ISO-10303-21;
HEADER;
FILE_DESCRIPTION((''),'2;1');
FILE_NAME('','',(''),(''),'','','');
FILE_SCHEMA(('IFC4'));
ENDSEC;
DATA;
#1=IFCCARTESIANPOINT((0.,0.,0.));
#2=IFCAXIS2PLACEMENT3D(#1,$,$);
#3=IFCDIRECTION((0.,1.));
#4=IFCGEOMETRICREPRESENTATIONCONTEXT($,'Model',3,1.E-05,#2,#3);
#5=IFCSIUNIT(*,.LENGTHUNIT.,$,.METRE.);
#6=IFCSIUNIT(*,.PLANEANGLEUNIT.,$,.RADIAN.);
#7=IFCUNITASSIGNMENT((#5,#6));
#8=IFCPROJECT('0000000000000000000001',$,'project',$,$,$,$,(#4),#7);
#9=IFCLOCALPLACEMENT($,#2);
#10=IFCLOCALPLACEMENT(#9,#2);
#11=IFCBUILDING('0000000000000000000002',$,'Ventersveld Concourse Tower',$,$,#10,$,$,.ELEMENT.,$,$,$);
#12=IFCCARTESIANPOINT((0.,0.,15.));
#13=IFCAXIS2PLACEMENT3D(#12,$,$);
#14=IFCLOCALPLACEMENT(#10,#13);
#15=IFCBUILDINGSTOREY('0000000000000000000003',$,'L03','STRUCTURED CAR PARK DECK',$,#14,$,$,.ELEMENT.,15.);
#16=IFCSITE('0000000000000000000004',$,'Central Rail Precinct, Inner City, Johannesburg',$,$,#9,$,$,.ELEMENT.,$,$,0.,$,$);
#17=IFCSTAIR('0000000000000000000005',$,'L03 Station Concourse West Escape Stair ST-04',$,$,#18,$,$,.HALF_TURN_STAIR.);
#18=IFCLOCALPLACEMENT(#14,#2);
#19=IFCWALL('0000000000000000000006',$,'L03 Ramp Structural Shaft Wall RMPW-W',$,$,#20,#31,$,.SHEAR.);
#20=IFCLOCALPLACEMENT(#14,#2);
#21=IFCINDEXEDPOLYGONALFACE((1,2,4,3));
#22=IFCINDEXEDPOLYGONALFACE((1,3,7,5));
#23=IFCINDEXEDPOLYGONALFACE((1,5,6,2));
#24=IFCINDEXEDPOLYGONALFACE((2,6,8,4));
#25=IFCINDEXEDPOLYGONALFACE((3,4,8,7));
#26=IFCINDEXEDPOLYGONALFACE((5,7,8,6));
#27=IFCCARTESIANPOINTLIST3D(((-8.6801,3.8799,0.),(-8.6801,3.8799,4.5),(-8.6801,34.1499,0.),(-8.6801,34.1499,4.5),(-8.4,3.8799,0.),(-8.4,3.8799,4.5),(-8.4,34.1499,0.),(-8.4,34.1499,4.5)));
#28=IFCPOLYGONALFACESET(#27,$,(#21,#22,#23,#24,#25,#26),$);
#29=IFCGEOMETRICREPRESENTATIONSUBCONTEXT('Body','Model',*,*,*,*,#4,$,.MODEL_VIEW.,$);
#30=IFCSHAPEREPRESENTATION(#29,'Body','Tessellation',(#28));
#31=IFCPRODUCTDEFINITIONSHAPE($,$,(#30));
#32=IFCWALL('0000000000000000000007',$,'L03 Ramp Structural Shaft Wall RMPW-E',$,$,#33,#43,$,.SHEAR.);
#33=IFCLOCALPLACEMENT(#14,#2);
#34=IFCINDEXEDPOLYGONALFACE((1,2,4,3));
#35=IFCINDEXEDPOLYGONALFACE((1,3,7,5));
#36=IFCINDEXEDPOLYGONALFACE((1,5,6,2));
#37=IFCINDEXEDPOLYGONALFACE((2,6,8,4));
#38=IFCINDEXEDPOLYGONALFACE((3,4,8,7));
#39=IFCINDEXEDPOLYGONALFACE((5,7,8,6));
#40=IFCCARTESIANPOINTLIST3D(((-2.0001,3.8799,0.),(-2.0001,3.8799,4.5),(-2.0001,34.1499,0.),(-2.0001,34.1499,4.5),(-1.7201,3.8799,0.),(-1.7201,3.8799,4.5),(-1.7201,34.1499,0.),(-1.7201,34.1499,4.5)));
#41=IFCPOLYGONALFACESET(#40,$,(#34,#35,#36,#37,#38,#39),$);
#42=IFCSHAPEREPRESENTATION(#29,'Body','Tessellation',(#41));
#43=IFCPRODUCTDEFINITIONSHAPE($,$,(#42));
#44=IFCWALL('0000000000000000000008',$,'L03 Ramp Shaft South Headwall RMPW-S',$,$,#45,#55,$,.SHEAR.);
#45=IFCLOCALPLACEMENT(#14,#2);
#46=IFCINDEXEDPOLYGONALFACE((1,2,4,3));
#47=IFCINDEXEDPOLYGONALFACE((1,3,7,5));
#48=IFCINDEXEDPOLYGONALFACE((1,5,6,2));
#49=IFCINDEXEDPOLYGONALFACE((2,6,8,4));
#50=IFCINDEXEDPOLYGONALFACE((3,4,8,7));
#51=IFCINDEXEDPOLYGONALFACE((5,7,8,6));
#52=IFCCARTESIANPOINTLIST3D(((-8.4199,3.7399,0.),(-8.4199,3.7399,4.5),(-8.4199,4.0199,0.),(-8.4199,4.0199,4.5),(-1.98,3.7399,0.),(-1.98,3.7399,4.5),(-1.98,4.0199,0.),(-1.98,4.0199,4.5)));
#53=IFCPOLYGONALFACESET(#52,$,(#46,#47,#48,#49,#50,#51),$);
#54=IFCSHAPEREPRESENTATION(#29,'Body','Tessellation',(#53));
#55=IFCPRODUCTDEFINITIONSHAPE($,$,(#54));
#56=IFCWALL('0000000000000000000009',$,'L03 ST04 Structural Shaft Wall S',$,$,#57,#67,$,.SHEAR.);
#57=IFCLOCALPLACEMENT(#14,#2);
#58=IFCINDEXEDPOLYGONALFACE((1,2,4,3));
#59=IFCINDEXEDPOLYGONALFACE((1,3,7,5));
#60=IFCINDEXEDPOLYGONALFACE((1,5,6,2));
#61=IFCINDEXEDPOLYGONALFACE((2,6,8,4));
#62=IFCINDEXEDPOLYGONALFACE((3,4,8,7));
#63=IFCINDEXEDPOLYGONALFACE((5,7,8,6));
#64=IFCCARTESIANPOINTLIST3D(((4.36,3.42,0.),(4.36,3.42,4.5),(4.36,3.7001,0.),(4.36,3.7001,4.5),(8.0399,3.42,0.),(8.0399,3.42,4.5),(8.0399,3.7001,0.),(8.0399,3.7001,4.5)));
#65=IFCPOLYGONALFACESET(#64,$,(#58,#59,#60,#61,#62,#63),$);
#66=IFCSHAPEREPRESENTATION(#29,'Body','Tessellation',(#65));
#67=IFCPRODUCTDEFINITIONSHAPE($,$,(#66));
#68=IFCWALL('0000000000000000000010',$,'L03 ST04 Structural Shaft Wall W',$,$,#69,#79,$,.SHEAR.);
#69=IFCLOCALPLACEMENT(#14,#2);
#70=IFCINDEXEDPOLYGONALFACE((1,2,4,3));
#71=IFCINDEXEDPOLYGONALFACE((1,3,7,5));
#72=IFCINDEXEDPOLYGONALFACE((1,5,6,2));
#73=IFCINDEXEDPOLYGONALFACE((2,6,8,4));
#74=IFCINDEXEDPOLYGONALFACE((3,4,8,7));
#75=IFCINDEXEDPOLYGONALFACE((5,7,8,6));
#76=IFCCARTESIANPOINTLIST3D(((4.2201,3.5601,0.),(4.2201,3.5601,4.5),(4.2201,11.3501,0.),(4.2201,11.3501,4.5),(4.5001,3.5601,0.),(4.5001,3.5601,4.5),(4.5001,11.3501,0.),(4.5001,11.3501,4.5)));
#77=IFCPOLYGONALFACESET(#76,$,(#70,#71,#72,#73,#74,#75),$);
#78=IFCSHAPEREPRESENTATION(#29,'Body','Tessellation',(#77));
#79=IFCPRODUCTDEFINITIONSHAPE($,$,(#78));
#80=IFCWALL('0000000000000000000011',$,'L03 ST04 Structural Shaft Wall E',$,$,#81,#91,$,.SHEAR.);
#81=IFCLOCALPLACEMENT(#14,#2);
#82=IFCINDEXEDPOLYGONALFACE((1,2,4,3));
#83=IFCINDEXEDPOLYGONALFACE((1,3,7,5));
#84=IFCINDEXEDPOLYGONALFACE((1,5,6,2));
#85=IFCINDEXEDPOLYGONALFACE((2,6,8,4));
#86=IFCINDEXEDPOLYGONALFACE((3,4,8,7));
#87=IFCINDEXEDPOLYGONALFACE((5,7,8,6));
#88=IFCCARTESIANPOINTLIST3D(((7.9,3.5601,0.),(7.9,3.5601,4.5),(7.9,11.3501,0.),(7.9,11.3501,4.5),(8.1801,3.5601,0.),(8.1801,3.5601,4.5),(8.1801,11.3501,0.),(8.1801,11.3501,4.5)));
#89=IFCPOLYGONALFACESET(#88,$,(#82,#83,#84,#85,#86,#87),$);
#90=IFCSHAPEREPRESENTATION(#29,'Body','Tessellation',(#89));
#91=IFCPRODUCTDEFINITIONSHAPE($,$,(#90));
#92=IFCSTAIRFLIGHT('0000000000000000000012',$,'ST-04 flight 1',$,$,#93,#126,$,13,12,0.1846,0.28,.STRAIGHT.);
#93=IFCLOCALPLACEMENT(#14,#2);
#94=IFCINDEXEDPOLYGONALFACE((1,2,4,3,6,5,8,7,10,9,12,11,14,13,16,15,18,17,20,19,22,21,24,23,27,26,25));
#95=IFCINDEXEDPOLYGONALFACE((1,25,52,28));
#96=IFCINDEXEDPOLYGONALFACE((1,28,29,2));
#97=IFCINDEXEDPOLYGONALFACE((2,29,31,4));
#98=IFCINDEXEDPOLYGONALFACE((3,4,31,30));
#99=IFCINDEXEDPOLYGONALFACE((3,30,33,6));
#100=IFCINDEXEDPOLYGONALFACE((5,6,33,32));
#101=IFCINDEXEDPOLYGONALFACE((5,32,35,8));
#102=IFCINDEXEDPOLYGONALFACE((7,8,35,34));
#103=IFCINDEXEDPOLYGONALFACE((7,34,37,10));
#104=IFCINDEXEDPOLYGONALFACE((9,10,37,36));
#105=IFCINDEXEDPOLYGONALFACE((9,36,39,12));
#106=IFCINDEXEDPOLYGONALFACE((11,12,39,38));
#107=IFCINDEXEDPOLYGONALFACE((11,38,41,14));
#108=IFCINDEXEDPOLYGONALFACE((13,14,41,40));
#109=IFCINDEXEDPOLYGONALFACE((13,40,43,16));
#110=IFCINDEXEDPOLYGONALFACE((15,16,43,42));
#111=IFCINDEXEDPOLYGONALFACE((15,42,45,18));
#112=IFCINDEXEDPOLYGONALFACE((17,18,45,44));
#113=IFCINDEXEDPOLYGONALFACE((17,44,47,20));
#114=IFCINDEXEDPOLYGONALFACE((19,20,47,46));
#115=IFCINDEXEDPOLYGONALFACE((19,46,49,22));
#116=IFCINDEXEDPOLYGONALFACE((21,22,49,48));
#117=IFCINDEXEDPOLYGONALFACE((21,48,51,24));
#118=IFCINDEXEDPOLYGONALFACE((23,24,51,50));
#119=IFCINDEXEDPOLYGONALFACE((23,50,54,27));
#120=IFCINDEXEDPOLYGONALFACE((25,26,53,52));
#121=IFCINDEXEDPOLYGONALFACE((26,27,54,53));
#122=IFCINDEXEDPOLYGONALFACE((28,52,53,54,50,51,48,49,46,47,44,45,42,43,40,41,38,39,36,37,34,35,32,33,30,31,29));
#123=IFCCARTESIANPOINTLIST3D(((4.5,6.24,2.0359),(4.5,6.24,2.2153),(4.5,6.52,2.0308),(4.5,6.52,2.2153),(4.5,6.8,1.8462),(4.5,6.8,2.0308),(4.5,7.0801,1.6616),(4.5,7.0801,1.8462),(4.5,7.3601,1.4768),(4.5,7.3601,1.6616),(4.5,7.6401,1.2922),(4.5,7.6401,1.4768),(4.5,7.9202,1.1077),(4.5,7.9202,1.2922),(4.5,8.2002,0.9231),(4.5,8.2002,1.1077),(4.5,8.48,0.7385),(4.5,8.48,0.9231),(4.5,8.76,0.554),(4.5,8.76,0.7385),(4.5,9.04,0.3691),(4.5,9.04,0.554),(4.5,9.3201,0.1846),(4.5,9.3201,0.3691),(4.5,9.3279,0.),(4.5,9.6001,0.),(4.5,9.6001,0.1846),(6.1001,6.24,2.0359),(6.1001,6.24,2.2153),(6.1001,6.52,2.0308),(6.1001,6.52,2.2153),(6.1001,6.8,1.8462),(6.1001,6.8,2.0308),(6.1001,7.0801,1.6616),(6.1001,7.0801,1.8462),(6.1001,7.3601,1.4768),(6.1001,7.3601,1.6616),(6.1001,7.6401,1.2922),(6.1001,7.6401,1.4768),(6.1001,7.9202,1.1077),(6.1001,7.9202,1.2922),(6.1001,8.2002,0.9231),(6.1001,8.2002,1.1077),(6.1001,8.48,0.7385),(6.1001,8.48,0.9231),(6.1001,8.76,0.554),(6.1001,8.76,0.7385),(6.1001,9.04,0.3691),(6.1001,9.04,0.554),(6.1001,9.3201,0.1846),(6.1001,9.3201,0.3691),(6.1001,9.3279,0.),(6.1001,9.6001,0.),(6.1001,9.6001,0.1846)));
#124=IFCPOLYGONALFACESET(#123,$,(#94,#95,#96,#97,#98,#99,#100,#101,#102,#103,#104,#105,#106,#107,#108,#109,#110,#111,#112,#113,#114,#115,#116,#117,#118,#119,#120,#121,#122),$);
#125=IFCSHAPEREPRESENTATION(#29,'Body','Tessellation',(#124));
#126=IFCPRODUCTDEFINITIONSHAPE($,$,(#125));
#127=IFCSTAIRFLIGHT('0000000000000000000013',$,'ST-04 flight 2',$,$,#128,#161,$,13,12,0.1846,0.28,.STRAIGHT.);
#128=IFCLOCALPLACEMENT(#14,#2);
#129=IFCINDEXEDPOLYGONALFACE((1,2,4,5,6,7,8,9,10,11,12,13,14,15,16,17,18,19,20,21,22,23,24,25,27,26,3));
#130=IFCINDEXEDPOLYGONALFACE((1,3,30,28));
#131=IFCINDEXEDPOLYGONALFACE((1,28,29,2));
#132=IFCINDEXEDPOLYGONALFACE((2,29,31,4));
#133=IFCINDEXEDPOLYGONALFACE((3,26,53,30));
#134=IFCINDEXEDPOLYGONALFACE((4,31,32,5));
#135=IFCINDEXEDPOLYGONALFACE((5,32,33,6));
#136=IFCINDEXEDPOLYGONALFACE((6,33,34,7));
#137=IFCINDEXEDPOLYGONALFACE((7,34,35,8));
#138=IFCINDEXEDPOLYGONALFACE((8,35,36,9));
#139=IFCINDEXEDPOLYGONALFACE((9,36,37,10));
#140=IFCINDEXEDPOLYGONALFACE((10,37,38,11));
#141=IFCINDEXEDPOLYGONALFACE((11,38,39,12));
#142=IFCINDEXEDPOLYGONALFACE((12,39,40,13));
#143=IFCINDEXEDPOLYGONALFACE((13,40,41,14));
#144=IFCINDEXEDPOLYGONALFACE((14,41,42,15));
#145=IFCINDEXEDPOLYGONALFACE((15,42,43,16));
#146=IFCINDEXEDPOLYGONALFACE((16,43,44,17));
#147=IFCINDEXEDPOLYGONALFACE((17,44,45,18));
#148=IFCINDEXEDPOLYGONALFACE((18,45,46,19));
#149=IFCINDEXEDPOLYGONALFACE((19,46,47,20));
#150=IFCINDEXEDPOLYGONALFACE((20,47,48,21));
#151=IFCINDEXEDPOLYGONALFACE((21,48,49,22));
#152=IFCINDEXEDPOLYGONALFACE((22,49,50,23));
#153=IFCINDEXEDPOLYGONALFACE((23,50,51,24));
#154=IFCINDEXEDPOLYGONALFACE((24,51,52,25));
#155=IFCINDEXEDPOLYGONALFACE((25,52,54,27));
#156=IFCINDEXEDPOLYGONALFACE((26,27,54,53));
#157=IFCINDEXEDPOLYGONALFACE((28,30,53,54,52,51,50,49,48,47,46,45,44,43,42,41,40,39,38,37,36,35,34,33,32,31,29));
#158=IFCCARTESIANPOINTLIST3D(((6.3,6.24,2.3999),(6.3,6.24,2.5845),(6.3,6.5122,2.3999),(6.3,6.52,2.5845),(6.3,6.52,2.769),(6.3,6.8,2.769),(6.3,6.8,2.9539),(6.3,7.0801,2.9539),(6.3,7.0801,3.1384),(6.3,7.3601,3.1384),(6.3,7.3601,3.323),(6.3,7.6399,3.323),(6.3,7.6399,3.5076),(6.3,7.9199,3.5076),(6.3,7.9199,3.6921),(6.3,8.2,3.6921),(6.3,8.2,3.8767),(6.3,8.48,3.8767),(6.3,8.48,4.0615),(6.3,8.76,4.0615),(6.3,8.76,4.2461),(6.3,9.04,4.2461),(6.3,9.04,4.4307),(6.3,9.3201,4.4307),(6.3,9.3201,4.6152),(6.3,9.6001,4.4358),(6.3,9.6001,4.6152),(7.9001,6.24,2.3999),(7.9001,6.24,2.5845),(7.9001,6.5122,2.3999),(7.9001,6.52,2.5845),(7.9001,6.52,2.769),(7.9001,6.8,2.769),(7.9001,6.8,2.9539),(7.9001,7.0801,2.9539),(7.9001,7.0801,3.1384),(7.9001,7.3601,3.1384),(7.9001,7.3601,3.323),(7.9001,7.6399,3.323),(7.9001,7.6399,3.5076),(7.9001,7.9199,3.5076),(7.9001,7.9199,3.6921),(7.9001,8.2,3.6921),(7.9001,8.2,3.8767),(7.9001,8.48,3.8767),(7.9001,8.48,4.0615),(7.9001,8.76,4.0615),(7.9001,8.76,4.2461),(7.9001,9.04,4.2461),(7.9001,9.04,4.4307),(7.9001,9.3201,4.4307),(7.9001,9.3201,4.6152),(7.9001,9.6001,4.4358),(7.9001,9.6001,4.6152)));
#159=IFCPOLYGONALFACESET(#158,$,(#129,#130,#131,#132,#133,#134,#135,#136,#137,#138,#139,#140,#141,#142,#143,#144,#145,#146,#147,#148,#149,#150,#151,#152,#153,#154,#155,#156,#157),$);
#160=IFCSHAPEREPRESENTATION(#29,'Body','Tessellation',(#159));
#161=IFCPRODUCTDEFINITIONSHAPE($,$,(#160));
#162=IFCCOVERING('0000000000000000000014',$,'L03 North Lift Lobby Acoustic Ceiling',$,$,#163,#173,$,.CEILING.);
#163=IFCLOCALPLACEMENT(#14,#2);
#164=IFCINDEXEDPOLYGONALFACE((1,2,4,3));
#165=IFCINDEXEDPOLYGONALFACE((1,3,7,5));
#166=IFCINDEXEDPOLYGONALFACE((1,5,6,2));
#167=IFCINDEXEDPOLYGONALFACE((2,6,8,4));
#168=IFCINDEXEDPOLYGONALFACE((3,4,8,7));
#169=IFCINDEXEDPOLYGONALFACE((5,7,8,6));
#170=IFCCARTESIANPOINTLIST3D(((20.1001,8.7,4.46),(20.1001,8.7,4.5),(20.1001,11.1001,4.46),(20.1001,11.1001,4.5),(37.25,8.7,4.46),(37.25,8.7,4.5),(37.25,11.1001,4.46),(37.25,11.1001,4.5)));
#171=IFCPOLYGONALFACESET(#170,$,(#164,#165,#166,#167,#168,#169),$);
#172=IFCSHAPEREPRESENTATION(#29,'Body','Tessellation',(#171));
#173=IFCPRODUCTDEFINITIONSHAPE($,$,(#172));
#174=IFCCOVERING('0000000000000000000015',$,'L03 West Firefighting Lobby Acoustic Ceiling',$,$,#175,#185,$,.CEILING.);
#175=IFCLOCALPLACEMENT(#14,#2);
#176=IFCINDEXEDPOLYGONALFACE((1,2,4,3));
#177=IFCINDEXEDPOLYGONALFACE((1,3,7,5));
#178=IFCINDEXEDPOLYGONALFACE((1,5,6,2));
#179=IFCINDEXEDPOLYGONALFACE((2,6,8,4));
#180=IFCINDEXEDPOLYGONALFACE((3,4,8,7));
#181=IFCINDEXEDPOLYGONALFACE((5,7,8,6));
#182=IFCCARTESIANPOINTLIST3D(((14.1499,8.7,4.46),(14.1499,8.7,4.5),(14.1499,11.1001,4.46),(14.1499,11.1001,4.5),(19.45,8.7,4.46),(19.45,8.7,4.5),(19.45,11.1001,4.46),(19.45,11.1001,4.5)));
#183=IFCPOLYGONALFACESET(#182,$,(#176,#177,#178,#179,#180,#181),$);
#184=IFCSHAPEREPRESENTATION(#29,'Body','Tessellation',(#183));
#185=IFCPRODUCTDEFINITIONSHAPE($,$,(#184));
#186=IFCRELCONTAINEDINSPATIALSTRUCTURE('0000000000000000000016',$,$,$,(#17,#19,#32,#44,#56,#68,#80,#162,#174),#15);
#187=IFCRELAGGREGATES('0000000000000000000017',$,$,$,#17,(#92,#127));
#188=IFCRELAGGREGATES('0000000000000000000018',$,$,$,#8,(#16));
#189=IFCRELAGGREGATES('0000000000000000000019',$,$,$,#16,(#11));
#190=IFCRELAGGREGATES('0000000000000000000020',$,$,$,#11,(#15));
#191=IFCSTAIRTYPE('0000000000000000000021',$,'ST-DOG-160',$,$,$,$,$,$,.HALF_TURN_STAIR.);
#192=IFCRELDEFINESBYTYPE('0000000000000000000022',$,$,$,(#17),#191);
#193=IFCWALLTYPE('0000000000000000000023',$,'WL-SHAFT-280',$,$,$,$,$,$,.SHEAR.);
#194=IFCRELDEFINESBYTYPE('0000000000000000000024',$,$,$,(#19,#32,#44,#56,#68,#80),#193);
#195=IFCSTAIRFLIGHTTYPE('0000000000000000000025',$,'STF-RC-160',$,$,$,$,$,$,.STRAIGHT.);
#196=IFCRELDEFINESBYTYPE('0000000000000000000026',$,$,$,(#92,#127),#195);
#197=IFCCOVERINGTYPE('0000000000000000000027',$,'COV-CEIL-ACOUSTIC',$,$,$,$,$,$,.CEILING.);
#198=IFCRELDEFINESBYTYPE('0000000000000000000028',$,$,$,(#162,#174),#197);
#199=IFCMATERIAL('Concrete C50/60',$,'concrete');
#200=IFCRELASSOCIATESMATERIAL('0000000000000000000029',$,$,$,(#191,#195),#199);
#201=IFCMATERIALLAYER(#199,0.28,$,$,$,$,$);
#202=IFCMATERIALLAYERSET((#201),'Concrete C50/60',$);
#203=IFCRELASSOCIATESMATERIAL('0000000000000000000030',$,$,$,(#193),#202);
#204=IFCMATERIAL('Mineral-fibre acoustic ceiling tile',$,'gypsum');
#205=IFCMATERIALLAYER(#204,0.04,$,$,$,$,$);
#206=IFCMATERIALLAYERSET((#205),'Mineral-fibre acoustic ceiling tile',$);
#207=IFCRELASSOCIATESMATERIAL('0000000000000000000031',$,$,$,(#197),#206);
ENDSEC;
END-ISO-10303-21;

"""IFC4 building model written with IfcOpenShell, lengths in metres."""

from ifc_helpers import new_model, si_unit, direction, frame, frame_2d, origin, place, context, subcontext, project, spatial, polyline, rectangle, outline, extrude, material, layer, layer_set, type_object, element, aggregate, save


model = new_model("IFC4")

# Units and contexts
model_context = context("Model", 3, precision=1e-05, world=origin(), true_north=direction((0.0, 1.0)))
body_context = subcontext(model_context, "Body", "Model", "MODEL_VIEW")
ifc_project = project(units=[si_unit("LENGTHUNIT", "METRE"), si_unit("PLANEANGLEUNIT", "RADIAN")], contexts=[model_context])

# Site, building, storey
site_placement = place(None, origin())
site = spatial("IfcSite", under=ifc_project, at=site_placement, Name="Central Rail Precinct, Inner City, Johannesburg", CompositionType="ELEMENT", RefElevation=0.0)
building_placement = place(site_placement, origin())
building = spatial("IfcBuilding", under=site, at=building_placement, Name="Ventersveld Concourse Tower", CompositionType="ELEMENT")
storey_placement = place(building_placement, frame((0.0, 0.0, 15.0)))
storey = spatial("IfcBuildingStorey", under=building, at=storey_placement, Name="L03", Description="STRUCTURED CAR PARK DECK", CompositionType="ELEMENT", Elevation=15.0)

# Shared definitions
ifc_material_1 = material(Name="Concrete C50/60", Category="concrete")

# Stair
stair_type_1 = type_object("IfcStairType", Name="ST-DOG-160", PredefinedType="HALF_TURN_STAIR", material=ifc_material_1)
stair_1_placement = place(storey_placement, origin())
stair_1 = element("IfcStair", 1, at=stair_1_placement, inside=storey, type_object=stair_type_1, Name="L03 Station Concourse West Escape Stair ST-04", PredefinedType="HALF_TURN_STAIR")

# Walls
ifc_layer_1 = layer(ifc_material_1, 0.28)
ifc_layer_set_1 = layer_set([ifc_layer_1], Name="Concrete C50/60")
wall_type_1 = type_object("IfcWallType", Name="WL-SHAFT-280", PredefinedType="SHEAR", material=ifc_layer_set_1)
for number, where, z_axis, x_axis, name in (
    (2, (-8.54, 3.8799, 0.0), (0.0, 0.0, 1.0), (0.0, 1.0, 0.0), "L03 Ramp Structural Shaft Wall RMPW-W"),
    (3, (-1.8601, 3.8799, 0.0), (0.0, 0.0, 1.0), (0.0, 1.0, 0.0), "L03 Ramp Structural Shaft Wall RMPW-E"),
):
    element("IfcWall", number, at=place(storey_placement, frame(where, z_axis=z_axis, x_axis=x_axis)), inside=storey, type_object=wall_type_1, Name=name, PredefinedType="SHEAR", context=body_context, shape_type="SweptSolid", body=[
        extrude(rectangle(XDim=30.27, YDim=0.28, at=frame_2d((15.135, 0.0))), origin(), (0.0, 0.0, 1.0), 4.5),
    ])
wall_1_placement = place(storey_placement, frame((-8.4199, 3.8799, 0.0), z_axis=(0.0, 0.0, 1.0), x_axis=(1.0, 0.0, 0.0)))
element("IfcWall", 4, at=wall_1_placement, inside=storey, type_object=wall_type_1, Name="L03 Ramp Shaft South Headwall RMPW-S", PredefinedType="SHEAR", context=body_context, shape_type="SweptSolid", body=[
    extrude(rectangle(XDim=6.4399, YDim=0.28, at=frame_2d((3.22, 0.0))), origin(), (0.0, 0.0, 1.0), 4.5),
])
wall_2_placement = place(storey_placement, frame((4.3601, 3.5601, 0.0), z_axis=(0.0, 0.0, 1.0), x_axis=(1.0, 0.0, 0.0)))
element("IfcWall", 5, at=wall_2_placement, inside=storey, type_object=wall_type_1, Name="L03 ST04 Structural Shaft Wall S", PredefinedType="SHEAR", context=body_context, shape_type="SweptSolid", body=[
    extrude(rectangle(XDim=3.6799, YDim=0.28, at=frame_2d((1.8398, 0.0))), origin(), (0.0, 0.0, 1.0), 4.5),
])
for number, where, z_axis, x_axis, name in (
    (6, (4.3601, 3.5601, 0.0), (0.0, 0.0, 1.0), (0.0, 1.0, 0.0), "L03 ST04 Structural Shaft Wall W"),
    (7, (8.04, 3.5601, 0.0), (0.0, 0.0, 1.0), (0.0, 1.0, 0.0), "L03 ST04 Structural Shaft Wall E"),
):
    element("IfcWall", number, at=place(storey_placement, frame(where, z_axis=z_axis, x_axis=x_axis)), inside=storey, type_object=wall_type_1, Name=name, PredefinedType="SHEAR", context=body_context, shape_type="SweptSolid", body=[
        extrude(rectangle(XDim=7.79, YDim=0.28, at=frame_2d((3.895, 0.0))), origin(), (0.0, 0.0, 1.0), 4.5),
    ])

# Stair flights
stair_flight_type = type_object("IfcStairFlightType", Name="STF-RC-160", PredefinedType="STRAIGHT", material=ifc_material_1)
stair_flight_1_placement = place(storey_placement, frame((5.3, 9.6001, 0.0), z_axis=(0.0, 0.0, 1.0), x_axis=(0.0, -1.0, 0.0)))
stair_flight_1 = element("IfcStairFlight", 8, at=stair_flight_1_placement, type_object=stair_flight_type, Name="ST-04 flight 1", NumberOfRisers=13, NumberOfTreads=12, PredefinedType="STRAIGHT", RiserHeight=0.1846, TreadLength=0.28, context=body_context, shape_type="SweptSolid", body=[
    extrude(outline(polyline([(0.0, 0.0), (0.0, 0.1846), (0.28, 0.1846), (0.28, 0.3691), (0.5601, 0.3691), (0.5601, 0.554), (0.8401, 0.554), (0.8401, 0.7385), (1.1201, 0.7385), (1.1201, 0.9231), (1.3999, 0.9231), (1.3999, 1.1077), (1.6799, 1.1077), (1.6799, 1.2922), (1.96, 1.2922), (1.96, 1.4768), (2.24, 1.4768), (2.24, 1.6616), (2.52, 1.6616), (2.52, 1.8462), (2.8, 1.8462), (2.8, 2.0308), (3.0801, 2.0308), (3.0801, 2.2153), (3.3601, 2.2153), (3.3601, 2.3999), (3.3601, 2.0359), (0.2722, 0.0), (0.0, 0.0)])), frame((0.0, 0.8, 0.0), z_axis=(0.0, -1.0, 0.0), x_axis=(1.0, 0.0, 0.0)), (0.0, 0.0, 1.0), 1.6001),
])
stair_flight_2_placement = place(storey_placement, frame((7.1001, 6.24, 2.3999), z_axis=(0.0, 0.0, 1.0), x_axis=(0.0, 1.0, 0.0)))
stair_flight_2 = element("IfcStairFlight", 9, at=stair_flight_2_placement, type_object=stair_flight_type, Name="ST-04 flight 2", NumberOfRisers=13, NumberOfTreads=12, PredefinedType="STRAIGHT", RiserHeight=0.1846, TreadLength=0.28, context=body_context, shape_type="SweptSolid", body=[
    extrude(outline(polyline([(0.0, 0.0), (0.0, 0.1846), (0.28, 0.1846), (0.28, 0.3691), (0.5601, 0.3691), (0.5601, 0.554), (0.8401, 0.554), (0.8401, 0.7385), (1.1201, 0.7385), (1.1201, 0.9231), (1.3999, 0.9231), (1.3999, 1.1077), (1.6799, 1.1077), (1.6799, 1.2922), (1.96, 1.2922), (1.96, 1.4768), (2.24, 1.4768), (2.24, 1.6616), (2.52, 1.6616), (2.52, 1.8462), (2.8, 1.8462), (2.8, 2.0308), (3.0801, 2.0308), (3.0801, 2.2153), (3.3601, 2.2153), (3.3601, 2.3999), (3.3601, 2.0359), (0.2722, 0.0), (0.0, 0.0)])), frame((0.0, 0.8, 0.0), z_axis=(0.0, -1.0, 0.0), x_axis=(1.0, 0.0, 0.0)), (0.0, 0.0, 1.0), 1.6001),
])
aggregate(stair_1, [stair_flight_1, stair_flight_2])

# Coverings
ifc_material_2 = material(Name="Mineral-fibre acoustic ceiling tile", Category="gypsum")
ifc_layer_2 = layer(ifc_material_2, 0.04)
ifc_layer_set_2 = layer_set([ifc_layer_2], Name="Mineral-fibre acoustic ceiling tile")
covering_type_1 = type_object("IfcCoveringType", Name="COV-CEIL-ACOUSTIC", PredefinedType="CEILING", material=ifc_layer_set_2)
covering_1_placement = place(storey_placement, frame((0.0, 0.0, 4.46)))
element("IfcCovering", 10, at=covering_1_placement, inside=storey, type_object=covering_type_1, Name="L03 North Lift Lobby Acoustic Ceiling", PredefinedType="CEILING", context=body_context, shape_type="SweptSolid", body=[
    extrude(outline(polyline([(20.1001, 8.7), (37.25, 8.7), (37.25, 11.1001), (20.1001, 11.1001), (20.1001, 8.7)])), origin(), (0.0, 0.0, 1.0), 0.04),
])
covering_2_placement = place(storey_placement, frame((0.0, 0.0, 4.46)))
element("IfcCovering", 11, at=covering_2_placement, inside=storey, type_object=covering_type_1, Name="L03 West Firefighting Lobby Acoustic Ceiling", PredefinedType="CEILING", context=body_context, shape_type="SweptSolid", body=[
    extrude(outline(polyline([(14.1499, 8.7), (19.45, 8.7), (19.45, 11.1001), (14.1499, 11.1001), (14.1499, 8.7)])), origin(), (0.0, 0.0, 1.0), 0.04),
])

save(model, "model.ifc")
